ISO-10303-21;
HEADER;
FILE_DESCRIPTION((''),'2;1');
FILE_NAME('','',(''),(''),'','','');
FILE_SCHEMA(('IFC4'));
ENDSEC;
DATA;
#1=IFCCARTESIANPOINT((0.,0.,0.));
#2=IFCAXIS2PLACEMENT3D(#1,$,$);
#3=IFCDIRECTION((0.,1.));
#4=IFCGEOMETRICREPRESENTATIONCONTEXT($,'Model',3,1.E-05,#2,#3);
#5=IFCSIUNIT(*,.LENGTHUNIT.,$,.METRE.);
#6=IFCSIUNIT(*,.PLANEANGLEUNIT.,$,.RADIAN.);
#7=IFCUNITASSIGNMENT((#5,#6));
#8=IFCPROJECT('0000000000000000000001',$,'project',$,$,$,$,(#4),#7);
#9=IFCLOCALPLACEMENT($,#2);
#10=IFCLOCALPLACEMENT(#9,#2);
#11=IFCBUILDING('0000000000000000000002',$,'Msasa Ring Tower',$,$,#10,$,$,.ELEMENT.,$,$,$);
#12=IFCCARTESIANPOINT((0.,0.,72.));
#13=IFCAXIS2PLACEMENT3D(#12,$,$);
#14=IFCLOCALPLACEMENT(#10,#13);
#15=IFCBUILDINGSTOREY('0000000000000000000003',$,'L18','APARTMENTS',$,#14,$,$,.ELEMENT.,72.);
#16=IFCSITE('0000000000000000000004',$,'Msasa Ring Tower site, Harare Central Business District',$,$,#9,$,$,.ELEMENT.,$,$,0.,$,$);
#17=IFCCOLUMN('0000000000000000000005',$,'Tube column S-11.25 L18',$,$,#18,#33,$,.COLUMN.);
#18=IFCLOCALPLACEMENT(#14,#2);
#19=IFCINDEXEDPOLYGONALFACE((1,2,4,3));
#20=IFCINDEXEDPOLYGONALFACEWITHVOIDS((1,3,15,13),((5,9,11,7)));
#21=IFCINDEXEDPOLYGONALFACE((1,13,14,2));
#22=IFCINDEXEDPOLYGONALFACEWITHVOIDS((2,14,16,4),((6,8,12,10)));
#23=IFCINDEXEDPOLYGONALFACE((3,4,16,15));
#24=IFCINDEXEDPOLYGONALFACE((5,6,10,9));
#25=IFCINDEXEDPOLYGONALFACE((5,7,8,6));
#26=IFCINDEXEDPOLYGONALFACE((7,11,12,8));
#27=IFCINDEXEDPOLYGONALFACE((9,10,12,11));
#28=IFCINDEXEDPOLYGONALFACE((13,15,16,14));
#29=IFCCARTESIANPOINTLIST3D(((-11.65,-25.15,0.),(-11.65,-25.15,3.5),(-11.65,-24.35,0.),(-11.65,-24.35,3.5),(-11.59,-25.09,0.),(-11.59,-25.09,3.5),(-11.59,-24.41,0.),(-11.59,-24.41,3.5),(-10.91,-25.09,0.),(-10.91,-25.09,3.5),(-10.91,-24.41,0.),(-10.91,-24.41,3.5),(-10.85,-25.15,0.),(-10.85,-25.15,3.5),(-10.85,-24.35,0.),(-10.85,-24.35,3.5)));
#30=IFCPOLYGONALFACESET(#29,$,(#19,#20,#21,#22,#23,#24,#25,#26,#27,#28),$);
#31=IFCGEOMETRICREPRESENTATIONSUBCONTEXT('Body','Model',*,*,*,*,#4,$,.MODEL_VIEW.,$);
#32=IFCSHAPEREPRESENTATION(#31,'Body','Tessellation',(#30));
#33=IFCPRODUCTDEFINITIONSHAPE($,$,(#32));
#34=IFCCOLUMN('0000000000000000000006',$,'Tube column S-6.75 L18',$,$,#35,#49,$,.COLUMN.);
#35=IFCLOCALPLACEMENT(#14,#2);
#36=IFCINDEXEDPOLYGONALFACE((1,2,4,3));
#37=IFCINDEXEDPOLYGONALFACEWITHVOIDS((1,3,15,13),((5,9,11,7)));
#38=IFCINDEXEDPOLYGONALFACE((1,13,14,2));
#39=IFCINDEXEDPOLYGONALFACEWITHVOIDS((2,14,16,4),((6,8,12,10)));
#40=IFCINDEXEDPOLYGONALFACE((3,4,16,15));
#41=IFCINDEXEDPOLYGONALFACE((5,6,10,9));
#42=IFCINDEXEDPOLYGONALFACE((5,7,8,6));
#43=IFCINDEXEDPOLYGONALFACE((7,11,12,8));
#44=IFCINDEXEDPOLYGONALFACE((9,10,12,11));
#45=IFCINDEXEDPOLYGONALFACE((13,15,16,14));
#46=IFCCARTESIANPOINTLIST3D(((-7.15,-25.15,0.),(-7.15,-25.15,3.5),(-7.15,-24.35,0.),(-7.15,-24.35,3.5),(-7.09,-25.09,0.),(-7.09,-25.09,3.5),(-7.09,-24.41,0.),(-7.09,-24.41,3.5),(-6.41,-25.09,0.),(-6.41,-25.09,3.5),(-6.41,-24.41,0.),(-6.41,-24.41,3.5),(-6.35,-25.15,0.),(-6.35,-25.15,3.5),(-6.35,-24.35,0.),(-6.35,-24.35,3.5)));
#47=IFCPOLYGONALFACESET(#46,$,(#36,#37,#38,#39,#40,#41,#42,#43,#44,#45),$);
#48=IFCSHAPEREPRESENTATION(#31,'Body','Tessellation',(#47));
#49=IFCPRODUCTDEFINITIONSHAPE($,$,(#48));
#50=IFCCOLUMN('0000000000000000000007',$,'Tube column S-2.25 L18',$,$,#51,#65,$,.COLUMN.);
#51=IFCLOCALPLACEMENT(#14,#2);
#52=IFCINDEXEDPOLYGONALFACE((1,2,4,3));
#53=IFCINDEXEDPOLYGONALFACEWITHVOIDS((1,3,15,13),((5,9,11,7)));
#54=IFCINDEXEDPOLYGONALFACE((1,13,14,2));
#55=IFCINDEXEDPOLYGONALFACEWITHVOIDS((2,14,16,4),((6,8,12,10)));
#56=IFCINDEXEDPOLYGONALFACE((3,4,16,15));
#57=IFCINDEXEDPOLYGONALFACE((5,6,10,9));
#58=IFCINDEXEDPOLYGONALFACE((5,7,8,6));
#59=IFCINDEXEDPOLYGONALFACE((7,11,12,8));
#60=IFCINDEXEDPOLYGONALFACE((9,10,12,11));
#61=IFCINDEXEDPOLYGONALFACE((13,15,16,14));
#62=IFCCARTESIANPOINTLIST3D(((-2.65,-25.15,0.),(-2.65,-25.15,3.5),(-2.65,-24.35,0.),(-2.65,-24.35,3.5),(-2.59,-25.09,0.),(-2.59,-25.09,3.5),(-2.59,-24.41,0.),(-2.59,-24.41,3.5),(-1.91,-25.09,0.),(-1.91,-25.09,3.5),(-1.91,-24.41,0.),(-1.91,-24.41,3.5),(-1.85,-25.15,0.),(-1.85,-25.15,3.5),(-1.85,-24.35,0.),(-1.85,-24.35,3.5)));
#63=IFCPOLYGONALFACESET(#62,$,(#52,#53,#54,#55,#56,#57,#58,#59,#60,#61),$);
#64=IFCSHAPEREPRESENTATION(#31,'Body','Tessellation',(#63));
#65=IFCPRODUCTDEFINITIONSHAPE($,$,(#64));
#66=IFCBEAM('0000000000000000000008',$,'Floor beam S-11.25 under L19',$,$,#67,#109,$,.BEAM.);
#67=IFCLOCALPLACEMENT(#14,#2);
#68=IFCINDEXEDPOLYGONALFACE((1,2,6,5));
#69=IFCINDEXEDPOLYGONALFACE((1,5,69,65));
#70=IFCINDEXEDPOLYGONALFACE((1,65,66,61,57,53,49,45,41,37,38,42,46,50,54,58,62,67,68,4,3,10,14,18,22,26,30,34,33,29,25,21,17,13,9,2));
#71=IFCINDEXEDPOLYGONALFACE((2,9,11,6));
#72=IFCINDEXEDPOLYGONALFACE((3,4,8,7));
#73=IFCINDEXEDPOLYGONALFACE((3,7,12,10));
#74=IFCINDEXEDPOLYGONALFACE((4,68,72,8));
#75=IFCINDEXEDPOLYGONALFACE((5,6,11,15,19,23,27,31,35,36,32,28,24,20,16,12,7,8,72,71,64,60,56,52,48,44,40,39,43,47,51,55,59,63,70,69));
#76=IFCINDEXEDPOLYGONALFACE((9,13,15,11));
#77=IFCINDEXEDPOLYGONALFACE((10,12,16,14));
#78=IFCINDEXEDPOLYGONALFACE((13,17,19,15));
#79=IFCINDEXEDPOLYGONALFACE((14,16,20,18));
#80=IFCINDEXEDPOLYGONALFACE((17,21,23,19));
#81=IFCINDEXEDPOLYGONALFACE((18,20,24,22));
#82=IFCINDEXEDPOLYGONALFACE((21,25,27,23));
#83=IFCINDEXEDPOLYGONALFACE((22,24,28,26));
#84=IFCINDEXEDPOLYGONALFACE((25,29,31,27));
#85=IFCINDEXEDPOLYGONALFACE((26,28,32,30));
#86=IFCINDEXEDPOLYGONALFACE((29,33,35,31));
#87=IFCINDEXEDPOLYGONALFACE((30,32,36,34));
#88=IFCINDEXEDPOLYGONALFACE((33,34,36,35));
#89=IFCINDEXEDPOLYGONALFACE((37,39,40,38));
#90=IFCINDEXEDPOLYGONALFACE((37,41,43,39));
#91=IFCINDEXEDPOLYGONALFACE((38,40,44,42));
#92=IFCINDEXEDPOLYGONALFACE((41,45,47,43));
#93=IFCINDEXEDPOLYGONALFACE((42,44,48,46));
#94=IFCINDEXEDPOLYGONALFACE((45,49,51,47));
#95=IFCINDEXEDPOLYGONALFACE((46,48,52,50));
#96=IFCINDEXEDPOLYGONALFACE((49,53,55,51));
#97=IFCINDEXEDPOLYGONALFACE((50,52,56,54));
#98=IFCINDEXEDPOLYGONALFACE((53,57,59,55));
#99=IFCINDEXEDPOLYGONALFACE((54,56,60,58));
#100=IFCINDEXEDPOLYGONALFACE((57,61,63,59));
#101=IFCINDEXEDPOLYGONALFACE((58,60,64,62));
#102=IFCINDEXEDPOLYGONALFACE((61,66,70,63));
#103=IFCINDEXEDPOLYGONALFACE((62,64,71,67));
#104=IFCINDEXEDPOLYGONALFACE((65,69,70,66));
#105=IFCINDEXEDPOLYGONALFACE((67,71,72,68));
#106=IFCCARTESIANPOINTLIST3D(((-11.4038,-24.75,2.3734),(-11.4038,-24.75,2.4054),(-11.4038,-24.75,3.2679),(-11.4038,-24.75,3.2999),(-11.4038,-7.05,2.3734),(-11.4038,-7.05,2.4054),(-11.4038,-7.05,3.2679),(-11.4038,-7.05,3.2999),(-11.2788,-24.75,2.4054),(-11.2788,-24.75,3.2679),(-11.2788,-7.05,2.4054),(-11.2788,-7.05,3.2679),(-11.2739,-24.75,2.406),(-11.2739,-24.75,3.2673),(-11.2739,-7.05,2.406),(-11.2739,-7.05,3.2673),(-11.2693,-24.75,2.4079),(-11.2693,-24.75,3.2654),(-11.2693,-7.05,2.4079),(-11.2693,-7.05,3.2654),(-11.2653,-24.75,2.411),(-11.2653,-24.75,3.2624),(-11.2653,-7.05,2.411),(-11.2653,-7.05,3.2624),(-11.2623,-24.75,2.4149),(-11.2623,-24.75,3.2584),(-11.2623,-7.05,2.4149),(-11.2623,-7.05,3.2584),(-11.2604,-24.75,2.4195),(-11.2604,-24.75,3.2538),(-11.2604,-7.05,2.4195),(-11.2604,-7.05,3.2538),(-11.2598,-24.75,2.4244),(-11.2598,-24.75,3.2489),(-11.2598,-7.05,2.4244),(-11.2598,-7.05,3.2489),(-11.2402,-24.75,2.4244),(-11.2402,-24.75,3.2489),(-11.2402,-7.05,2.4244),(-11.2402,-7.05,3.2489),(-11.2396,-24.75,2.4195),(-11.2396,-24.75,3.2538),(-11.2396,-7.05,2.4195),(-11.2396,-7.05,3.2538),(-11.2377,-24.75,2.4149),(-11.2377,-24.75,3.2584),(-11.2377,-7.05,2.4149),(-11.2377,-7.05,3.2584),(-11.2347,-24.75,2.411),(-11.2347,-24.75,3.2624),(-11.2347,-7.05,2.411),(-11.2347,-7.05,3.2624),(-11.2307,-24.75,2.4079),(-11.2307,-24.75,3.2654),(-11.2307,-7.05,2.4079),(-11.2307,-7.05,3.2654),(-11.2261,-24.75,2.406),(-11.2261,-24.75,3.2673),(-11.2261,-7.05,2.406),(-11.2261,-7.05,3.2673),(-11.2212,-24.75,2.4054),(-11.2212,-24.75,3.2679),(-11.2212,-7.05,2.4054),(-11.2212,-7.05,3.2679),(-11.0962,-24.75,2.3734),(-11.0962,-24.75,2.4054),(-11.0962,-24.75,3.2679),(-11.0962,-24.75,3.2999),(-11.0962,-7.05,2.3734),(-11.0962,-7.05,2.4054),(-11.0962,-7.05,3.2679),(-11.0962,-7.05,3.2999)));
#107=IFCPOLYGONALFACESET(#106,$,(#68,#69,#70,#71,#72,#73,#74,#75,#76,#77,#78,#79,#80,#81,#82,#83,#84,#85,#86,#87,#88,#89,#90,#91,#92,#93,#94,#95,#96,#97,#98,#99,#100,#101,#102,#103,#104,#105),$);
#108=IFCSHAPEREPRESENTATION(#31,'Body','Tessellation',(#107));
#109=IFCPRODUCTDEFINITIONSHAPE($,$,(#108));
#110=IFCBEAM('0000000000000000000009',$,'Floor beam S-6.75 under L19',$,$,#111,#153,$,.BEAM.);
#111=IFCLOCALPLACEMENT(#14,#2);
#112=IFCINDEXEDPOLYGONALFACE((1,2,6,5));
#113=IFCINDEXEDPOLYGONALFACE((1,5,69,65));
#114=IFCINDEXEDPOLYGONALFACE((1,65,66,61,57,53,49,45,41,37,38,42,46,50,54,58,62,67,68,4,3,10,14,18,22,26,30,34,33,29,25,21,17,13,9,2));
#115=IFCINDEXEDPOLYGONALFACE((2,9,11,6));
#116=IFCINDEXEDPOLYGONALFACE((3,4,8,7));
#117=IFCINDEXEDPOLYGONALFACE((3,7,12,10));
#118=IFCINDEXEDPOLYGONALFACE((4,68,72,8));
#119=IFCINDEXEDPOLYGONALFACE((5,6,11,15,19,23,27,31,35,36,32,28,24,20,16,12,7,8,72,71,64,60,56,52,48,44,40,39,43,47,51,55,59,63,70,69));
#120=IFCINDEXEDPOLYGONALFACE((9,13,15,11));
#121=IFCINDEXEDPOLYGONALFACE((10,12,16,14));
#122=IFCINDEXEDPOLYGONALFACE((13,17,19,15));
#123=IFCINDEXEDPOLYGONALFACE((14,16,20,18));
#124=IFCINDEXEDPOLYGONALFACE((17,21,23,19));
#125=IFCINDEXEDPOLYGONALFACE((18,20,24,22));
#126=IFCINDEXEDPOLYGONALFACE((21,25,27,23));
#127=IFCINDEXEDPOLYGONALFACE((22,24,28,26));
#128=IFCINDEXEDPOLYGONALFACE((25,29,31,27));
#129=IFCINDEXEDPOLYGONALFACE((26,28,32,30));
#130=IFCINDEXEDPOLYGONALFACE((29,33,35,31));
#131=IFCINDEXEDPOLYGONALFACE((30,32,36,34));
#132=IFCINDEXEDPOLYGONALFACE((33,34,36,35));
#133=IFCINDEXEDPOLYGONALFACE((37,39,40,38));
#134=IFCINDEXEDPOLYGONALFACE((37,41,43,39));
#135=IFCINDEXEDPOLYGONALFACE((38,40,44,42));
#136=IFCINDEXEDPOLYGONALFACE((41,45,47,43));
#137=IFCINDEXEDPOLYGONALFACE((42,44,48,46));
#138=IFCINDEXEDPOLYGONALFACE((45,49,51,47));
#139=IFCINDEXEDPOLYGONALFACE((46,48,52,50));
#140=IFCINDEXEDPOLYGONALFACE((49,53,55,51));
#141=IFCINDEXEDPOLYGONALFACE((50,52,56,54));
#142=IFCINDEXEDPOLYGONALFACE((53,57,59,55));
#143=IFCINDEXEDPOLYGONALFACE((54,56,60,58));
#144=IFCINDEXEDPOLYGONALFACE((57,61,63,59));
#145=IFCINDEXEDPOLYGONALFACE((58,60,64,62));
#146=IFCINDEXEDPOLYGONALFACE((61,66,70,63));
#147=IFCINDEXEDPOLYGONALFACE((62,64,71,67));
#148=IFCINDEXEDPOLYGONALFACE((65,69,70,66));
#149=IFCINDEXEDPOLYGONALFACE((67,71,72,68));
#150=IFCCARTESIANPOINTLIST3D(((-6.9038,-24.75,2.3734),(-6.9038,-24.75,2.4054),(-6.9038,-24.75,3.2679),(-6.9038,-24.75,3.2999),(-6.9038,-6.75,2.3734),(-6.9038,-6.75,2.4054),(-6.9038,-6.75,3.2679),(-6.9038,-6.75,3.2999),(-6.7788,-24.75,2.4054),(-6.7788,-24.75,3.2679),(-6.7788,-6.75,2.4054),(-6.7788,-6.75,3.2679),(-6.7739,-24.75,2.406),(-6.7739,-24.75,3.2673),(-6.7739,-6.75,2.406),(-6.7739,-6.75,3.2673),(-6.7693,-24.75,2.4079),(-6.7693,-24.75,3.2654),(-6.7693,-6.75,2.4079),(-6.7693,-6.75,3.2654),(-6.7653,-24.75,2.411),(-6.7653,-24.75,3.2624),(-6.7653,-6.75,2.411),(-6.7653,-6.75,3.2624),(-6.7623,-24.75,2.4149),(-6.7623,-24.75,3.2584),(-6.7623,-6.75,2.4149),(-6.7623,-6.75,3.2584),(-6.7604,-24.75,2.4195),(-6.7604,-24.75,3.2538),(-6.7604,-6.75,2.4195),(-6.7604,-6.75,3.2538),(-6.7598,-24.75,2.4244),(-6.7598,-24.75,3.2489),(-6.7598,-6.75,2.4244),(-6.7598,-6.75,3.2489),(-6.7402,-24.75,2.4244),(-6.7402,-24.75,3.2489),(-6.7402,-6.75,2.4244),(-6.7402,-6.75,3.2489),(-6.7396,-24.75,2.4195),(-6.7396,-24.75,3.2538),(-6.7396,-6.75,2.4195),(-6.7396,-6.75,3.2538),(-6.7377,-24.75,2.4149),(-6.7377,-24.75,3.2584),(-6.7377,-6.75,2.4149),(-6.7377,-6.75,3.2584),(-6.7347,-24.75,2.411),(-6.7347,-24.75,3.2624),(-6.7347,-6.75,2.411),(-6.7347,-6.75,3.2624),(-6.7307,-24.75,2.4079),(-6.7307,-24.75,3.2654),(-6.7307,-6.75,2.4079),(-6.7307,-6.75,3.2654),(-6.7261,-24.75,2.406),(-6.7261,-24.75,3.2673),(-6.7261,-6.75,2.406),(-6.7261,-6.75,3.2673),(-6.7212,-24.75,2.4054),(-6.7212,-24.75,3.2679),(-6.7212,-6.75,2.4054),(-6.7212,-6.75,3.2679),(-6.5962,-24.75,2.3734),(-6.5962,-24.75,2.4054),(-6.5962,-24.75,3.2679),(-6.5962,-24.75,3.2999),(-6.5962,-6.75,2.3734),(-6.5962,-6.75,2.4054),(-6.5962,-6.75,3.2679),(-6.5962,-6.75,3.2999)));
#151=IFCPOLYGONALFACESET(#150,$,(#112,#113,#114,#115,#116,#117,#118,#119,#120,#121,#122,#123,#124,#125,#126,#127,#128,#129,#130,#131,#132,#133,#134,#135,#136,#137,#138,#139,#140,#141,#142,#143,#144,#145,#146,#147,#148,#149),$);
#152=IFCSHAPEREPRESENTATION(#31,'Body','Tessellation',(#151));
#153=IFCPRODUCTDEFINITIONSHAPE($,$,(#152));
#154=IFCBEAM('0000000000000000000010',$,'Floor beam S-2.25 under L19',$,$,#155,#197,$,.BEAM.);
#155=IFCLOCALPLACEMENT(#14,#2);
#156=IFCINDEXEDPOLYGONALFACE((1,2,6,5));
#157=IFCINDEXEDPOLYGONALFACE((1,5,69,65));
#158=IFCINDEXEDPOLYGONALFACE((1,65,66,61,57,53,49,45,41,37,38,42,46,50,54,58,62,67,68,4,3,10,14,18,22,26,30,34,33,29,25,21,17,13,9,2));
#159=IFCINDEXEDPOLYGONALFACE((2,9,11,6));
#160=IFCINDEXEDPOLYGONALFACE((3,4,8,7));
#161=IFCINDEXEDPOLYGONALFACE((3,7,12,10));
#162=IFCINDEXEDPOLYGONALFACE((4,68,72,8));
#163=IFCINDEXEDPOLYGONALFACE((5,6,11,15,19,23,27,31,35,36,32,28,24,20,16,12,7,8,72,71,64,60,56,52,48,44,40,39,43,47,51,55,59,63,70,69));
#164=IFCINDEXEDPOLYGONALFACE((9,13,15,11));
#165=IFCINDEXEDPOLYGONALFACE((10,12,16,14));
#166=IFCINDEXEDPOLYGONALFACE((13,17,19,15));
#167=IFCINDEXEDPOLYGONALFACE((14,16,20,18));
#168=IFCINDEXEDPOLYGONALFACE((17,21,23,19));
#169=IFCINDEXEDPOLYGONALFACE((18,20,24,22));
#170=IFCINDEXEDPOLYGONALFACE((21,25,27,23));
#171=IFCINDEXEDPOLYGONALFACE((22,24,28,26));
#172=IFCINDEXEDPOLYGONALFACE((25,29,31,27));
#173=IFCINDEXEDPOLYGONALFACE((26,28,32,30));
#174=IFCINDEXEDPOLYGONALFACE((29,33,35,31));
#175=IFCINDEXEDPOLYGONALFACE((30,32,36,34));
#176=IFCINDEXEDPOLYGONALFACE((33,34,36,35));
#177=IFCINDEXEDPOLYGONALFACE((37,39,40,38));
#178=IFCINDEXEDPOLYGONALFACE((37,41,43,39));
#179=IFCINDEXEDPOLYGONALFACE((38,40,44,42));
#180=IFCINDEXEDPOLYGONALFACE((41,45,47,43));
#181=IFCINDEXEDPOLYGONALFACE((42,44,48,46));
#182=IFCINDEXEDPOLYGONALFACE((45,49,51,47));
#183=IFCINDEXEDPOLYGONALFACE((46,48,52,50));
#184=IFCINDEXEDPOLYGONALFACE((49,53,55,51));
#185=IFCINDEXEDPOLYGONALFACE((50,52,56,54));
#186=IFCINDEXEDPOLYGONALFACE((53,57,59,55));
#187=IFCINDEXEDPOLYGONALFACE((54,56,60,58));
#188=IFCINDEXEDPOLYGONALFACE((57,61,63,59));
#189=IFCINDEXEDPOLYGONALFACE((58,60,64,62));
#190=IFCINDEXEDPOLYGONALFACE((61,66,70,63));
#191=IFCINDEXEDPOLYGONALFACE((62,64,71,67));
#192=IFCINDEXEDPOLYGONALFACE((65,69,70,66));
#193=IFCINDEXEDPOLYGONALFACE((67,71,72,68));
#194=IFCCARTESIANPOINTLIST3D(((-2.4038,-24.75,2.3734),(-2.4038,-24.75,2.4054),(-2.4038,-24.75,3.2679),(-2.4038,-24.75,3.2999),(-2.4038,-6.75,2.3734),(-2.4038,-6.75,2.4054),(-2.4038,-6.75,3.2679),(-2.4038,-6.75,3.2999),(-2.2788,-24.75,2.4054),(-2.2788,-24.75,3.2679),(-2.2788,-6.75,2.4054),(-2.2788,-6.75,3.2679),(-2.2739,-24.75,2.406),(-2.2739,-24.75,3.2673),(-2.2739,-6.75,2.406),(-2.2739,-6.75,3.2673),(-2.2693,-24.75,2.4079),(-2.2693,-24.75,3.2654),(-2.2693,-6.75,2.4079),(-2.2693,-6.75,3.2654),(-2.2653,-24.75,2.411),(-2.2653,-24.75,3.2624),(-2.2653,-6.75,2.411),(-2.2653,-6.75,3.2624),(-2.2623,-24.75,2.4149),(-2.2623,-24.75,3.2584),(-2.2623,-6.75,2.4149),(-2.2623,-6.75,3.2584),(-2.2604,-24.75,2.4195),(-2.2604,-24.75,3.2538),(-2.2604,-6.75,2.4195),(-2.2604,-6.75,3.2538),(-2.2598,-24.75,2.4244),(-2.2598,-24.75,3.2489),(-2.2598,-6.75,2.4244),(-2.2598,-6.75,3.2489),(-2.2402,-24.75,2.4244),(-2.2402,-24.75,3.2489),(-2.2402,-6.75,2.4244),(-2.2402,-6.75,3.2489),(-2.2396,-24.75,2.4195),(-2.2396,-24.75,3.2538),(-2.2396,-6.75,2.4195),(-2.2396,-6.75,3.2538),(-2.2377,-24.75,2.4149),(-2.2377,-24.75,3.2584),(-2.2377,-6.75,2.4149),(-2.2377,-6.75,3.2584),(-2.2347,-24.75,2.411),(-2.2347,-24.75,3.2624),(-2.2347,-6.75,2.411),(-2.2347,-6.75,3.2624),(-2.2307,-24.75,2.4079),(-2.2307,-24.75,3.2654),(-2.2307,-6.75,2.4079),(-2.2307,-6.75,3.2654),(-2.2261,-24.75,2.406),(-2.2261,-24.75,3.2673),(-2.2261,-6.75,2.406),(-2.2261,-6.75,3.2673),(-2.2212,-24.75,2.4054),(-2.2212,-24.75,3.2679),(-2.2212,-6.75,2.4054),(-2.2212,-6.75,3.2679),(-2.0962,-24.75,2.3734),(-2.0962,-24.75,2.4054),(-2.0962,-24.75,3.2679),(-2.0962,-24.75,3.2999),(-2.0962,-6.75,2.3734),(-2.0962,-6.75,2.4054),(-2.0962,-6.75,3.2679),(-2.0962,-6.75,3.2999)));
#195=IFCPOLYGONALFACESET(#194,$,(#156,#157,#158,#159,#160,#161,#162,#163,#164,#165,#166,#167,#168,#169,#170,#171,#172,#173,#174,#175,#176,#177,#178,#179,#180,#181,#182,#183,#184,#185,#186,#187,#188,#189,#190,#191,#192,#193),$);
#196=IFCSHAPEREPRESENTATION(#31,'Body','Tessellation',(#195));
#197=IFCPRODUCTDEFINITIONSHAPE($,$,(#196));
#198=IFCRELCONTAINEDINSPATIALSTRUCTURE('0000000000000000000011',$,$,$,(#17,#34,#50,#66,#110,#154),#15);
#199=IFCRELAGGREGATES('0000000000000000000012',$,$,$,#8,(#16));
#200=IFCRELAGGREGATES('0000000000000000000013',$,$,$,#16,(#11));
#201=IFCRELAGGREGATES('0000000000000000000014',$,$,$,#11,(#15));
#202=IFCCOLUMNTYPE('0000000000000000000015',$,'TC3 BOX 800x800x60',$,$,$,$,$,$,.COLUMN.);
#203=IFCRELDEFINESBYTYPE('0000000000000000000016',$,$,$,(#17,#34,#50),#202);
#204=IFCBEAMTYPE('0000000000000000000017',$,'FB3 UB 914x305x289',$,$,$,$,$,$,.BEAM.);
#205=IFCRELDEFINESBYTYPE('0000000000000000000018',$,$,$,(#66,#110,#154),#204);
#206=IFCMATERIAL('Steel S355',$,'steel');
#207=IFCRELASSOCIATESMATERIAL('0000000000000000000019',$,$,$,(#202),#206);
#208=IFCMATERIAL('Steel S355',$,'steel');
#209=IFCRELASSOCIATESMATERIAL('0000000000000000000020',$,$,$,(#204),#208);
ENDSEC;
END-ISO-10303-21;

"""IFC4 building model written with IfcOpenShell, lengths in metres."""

from ifc_helpers import new_model, si_unit, direction, frame, origin, origin_2d, place, context, subcontext, project, spatial, hollow_rectangle, i_section, extrude, material, material_profile, profile_set, type_object, element, save


model = new_model("IFC4")

# Units and contexts
model_context = context("Model", 3, precision=1e-05, world=origin(), true_north=direction((0.0, 1.0)))
body_context = subcontext(model_context, "Body", "Model", "MODEL_VIEW")
ifc_project = project(units=[si_unit("LENGTHUNIT", "METRE"), si_unit("PLANEANGLEUNIT", "RADIAN")], contexts=[model_context])

# Site, building, storey
site_placement = place(None, origin())
site = spatial("IfcSite", under=ifc_project, at=site_placement, Name="Msasa Ring Tower site, Harare Central Business District", CompositionType="ELEMENT", RefElevation=0.0)
building_placement = place(site_placement, origin())
building = spatial("IfcBuilding", under=site, at=building_placement, Name="Msasa Ring Tower", CompositionType="ELEMENT")
storey_placement = place(building_placement, frame((0.0, 0.0, 72.0)))
storey = spatial("IfcBuildingStorey", under=building, at=storey_placement, Name="L18", Description="APARTMENTS", CompositionType="ELEMENT", Elevation=72.0)

# Columns
ifc_material_1 = material(Name="Steel S355", Category="steel")
ifc_material_profile_1 = material_profile(ifc_material_1, hollow_rectangle(XDim=0.8, YDim=0.8, WallThickness=0.0601, at=origin_2d()), Name="BOX 800x800x60")
ifc_profile_set_1 = profile_set([ifc_material_profile_1], Name="Steel S355")
column_type = type_object("IfcColumnType", Name="TC3 BOX 800x800x60", PredefinedType="COLUMN", material=ifc_profile_set_1)
for number, where, z_axis, x_axis, name in (
    (1, (-11.25, -24.75, 0.0), (0.0, 0.0, 1.0), (0.0, 1.0, 0.0), "Tube column S-11.25 L18"),
    (2, (-6.75, -24.75, 0.0), (0.0, 0.0, 1.0), (0.0, 1.0, 0.0), "Tube column S-6.75 L18"),
    (3, (-2.25, -24.75, 0.0), (0.0, 0.0, 1.0), (0.0, 1.0, 0.0), "Tube column S-2.25 L18"),
):
    element("IfcColumn", number, at=place(storey_placement, frame(where, z_axis=z_axis, x_axis=x_axis)), inside=storey, type_object=column_type, Name=name, PredefinedType="COLUMN", context=body_context, shape_type="SweptSolid", body=[
        extrude(hollow_rectangle(XDim=0.8, YDim=0.8, WallThickness=0.0601, at=origin_2d()), origin(), (0.0, 0.0, 1.0), 3.5),
    ])

# Beams
ifc_material_2 = material(Name="Steel S355", Category="steel")
ifc_material_profile_2 = material_profile(ifc_material_2, i_section(OverallWidth=0.3076, OverallDepth=0.9265, WebThickness=0.0195, FlangeThickness=0.032, FilletRadius=0.019, at=origin_2d()), Name="UB 914x305x289")
ifc_profile_set_2 = profile_set([ifc_material_profile_2], Name="Steel S355")
beam_type_1 = type_object("IfcBeamType", Name="FB3 UB 914x305x289", PredefinedType="BEAM", material=ifc_profile_set_2)
beam_placement = place(storey_placement, frame((-11.25, -24.75, 2.8367), z_axis=(0.0, 1.0, 0.0), x_axis=(-1.0, 0.0, 0.0)))
element("IfcBeam", 4, at=beam_placement, inside=storey, type_object=beam_type_1, Name="Floor beam S-11.25 under L19", PredefinedType="BEAM", context=body_context, shape_type="SweptSolid", body=[
    extrude(i_section(OverallWidth=0.3076, OverallDepth=0.9265, WebThickness=0.0195, FlangeThickness=0.032, FilletRadius=0.019, at=origin_2d()), origin(), (0.0, 0.0, 1.0), 17.7),
])
for number, where, z_axis, x_axis, name in (
    (5, (-6.75, -24.75, 2.8367), (0.0, 1.0, 0.0), (-1.0, 0.0, 0.0), "Floor beam S-6.75 under L19"),
    (6, (-2.25, -24.75, 2.8367), (0.0, 1.0, 0.0), (-1.0, 0.0, 0.0), "Floor beam S-2.25 under L19"),
):
    element("IfcBeam", number, at=place(storey_placement, frame(where, z_axis=z_axis, x_axis=x_axis)), inside=storey, type_object=beam_type_1, Name=name, PredefinedType="BEAM", context=body_context, shape_type="SweptSolid", body=[
        extrude(i_section(OverallWidth=0.3076, OverallDepth=0.9265, WebThickness=0.0195, FlangeThickness=0.032, FilletRadius=0.019, at=origin_2d()), origin(), (0.0, 0.0, 1.0), 18.0),
    ])

save(model, "model.ifc")
